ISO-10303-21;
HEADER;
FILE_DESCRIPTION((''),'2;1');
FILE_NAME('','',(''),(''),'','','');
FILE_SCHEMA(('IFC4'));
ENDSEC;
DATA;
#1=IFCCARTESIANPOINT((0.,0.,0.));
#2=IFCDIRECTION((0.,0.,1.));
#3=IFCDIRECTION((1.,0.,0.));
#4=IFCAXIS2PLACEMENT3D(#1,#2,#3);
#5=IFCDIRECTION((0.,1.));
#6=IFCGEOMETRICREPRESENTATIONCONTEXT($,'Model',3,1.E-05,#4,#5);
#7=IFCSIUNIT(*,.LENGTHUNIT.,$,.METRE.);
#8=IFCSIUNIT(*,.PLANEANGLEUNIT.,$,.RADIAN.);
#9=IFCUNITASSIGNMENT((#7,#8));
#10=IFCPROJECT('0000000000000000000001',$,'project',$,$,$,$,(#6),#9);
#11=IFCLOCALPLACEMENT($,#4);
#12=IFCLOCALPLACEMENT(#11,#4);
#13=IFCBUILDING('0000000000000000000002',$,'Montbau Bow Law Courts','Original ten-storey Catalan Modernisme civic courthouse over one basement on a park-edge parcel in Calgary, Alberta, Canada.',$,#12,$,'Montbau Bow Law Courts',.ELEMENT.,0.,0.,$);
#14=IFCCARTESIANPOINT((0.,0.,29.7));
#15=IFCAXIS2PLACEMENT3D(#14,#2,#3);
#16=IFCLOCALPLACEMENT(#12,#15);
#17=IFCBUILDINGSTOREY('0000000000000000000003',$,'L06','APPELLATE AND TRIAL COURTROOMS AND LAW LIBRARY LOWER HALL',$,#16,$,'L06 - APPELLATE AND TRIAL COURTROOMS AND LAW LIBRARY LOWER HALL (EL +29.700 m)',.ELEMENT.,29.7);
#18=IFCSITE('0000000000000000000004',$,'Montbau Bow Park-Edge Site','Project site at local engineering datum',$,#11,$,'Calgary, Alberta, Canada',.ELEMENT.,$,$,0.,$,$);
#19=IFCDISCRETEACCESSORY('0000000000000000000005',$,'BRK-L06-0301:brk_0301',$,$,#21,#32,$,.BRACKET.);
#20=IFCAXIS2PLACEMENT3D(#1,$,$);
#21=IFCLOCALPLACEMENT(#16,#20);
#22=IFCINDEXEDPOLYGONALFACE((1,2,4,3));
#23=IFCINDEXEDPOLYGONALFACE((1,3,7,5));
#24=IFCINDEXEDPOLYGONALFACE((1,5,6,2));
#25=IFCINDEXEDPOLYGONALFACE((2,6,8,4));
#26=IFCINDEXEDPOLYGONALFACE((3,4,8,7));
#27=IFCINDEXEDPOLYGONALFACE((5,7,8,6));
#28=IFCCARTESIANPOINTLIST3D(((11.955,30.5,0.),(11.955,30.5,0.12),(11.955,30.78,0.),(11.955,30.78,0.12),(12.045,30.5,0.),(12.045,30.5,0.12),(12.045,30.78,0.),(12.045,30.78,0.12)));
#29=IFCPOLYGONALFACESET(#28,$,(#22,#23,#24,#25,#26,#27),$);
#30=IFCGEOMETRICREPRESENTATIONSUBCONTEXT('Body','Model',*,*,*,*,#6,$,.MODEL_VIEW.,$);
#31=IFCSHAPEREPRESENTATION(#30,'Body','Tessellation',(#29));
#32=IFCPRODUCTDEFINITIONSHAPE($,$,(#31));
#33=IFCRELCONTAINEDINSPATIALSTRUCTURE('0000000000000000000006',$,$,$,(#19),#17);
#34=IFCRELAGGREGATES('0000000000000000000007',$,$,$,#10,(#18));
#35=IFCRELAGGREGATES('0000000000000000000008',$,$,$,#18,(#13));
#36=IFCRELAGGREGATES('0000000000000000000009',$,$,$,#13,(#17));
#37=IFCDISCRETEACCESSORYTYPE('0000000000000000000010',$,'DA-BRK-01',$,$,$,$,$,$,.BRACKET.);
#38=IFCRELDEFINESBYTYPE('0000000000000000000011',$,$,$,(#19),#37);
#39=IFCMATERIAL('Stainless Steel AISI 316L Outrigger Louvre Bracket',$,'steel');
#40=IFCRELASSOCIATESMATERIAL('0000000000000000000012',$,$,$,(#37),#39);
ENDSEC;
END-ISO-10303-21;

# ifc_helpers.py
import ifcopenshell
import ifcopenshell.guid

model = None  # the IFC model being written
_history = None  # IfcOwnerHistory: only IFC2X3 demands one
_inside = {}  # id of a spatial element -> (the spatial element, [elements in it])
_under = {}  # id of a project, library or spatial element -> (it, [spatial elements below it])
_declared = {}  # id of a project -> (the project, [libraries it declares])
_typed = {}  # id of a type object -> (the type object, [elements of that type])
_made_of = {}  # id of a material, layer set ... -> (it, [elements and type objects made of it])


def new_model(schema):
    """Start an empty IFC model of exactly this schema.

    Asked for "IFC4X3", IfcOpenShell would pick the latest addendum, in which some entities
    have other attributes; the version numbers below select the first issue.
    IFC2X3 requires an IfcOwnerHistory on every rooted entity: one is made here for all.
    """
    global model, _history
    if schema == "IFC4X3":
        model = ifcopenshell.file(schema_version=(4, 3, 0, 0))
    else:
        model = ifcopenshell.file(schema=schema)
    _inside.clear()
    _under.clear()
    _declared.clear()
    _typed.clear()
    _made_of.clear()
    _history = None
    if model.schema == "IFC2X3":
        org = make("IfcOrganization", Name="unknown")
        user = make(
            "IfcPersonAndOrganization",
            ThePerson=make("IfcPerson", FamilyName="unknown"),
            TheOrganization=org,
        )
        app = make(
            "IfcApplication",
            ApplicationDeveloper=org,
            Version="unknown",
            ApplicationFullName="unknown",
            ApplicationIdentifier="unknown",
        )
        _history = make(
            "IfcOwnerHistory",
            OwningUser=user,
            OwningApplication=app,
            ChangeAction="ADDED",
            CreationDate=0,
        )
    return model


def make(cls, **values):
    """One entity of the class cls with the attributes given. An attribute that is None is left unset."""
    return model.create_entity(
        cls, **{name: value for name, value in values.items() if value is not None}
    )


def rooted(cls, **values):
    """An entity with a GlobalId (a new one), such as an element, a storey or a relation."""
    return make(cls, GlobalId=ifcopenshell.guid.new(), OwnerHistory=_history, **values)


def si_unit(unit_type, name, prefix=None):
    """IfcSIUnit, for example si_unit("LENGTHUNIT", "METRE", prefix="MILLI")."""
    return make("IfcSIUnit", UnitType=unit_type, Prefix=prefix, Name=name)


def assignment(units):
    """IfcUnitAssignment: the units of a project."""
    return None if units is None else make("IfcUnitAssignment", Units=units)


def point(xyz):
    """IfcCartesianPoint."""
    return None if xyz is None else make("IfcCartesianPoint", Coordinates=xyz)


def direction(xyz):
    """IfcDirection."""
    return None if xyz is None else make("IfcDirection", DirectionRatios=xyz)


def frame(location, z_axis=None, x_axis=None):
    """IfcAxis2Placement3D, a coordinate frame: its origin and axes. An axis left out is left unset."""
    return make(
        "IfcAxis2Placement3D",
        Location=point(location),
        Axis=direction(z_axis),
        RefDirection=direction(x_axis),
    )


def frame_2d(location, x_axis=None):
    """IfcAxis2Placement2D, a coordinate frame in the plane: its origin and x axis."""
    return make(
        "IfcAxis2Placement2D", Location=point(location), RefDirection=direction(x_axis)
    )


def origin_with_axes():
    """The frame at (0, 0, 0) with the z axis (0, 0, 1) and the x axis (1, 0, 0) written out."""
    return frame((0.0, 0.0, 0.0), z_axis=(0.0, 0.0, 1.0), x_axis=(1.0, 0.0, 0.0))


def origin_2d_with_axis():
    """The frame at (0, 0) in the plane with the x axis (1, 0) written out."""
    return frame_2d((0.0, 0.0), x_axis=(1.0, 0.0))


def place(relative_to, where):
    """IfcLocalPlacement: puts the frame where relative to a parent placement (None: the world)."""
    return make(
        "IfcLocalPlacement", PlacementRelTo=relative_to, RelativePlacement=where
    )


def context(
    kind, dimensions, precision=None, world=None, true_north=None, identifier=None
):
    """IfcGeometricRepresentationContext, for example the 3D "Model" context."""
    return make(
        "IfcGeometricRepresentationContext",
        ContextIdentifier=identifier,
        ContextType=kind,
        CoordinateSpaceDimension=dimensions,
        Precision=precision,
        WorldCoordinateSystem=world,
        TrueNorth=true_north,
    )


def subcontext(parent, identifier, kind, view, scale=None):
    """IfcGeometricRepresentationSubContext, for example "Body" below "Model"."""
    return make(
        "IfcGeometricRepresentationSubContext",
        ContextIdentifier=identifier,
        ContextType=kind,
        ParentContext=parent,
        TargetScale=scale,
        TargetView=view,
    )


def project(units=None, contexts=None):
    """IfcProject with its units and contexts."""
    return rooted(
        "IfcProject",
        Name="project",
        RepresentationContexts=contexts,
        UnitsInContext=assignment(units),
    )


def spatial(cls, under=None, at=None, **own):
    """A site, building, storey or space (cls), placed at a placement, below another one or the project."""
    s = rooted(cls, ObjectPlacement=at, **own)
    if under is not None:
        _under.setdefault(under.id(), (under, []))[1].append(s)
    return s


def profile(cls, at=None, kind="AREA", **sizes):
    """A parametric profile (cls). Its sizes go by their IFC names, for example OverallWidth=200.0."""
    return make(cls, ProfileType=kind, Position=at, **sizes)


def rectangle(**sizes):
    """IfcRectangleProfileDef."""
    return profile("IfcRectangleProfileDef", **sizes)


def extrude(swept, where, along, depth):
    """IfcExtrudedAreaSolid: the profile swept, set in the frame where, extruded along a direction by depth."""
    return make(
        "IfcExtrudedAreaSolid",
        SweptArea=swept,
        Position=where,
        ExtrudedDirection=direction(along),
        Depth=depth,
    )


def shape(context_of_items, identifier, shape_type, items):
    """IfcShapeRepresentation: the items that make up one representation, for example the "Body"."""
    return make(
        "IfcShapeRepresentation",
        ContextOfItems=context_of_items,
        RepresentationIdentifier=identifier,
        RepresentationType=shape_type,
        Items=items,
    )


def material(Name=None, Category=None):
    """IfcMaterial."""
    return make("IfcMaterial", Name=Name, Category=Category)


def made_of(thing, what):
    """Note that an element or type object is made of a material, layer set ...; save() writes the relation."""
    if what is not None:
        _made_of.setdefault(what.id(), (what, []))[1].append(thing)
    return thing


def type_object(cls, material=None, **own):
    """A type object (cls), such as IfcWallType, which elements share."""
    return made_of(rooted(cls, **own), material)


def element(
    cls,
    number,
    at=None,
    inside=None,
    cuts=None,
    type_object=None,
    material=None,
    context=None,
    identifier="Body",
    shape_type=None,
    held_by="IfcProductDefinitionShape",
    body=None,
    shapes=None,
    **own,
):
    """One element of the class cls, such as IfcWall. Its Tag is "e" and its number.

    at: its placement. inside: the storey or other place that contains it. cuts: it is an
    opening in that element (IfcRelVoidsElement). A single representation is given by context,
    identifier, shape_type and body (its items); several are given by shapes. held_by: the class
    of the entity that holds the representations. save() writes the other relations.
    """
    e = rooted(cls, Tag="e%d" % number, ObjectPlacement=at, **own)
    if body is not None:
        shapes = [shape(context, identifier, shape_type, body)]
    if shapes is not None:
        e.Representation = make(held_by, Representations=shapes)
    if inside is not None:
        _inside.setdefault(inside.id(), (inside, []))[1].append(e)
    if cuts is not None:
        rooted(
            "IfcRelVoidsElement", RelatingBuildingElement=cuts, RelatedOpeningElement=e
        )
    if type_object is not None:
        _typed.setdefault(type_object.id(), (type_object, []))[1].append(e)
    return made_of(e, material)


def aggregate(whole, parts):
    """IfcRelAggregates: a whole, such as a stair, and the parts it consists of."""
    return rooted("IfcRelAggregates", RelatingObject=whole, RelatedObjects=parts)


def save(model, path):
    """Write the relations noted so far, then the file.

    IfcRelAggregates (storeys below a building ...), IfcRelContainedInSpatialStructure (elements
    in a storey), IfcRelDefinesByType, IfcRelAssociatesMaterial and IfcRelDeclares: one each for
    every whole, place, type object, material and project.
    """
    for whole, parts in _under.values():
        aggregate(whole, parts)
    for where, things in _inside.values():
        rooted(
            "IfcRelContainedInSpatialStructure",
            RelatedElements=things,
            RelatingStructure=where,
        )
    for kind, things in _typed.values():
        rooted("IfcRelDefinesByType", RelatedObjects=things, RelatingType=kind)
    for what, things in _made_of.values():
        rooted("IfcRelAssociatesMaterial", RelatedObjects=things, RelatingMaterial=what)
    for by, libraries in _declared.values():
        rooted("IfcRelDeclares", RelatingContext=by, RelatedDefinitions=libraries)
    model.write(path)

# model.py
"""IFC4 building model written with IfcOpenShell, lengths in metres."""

from ifc_helpers import new_model, si_unit, direction, frame, origin_with_axes, origin_2d_with_axis, place, context, subcontext, project, spatial, rectangle, extrude, material, type_object, element, save


model = new_model("IFC4")

# Units and contexts
model_context = context("Model", 3, precision=1e-05, world=origin_with_axes(), true_north=direction((0.0, 1.0)))
body_context = subcontext(model_context, "Body", "Model", "MODEL_VIEW")
ifc_project = project(units=[si_unit("LENGTHUNIT", "METRE"), si_unit("PLANEANGLEUNIT", "RADIAN")], contexts=[model_context])

# Site, building, storey
site_placement = place(None, origin_with_axes())
site = spatial("IfcSite", under=ifc_project, at=site_placement, Name="Montbau Bow Park-Edge Site", Description="Project site at local engineering datum", LongName="Calgary, Alberta, Canada", CompositionType="ELEMENT", RefElevation=0.0)
building_placement = place(site_placement, origin_with_axes())
building = spatial("IfcBuilding", under=site, at=building_placement, Name="Montbau Bow Law Courts", Description="Original ten-storey Catalan Modernisme civic courthouse over one basement on a park-edge parcel in Calgary, Alberta, Canada.", LongName="Montbau Bow Law Courts", CompositionType="ELEMENT", ElevationOfRefHeight=0.0, ElevationOfTerrain=0.0)
storey_placement = place(building_placement, frame((0.0, 0.0, 29.7), z_axis=(0.0, 0.0, 1.0), x_axis=(1.0, 0.0, 0.0)))
storey = spatial("IfcBuildingStorey", under=building, at=storey_placement, Name="L06", Description="APPELLATE AND TRIAL COURTROOMS AND LAW LIBRARY LOWER HALL", LongName="L06 - APPELLATE AND TRIAL COURTROOMS AND LAW LIBRARY LOWER HALL (EL +29.700 m)", CompositionType="ELEMENT", Elevation=29.7)

# Discrete accessory
ifc_material_1 = material(Name="Stainless Steel AISI 316L Outrigger Louvre Bracket", Category="steel")
discrete_accessory_type = type_object("IfcDiscreteAccessoryType", Name="DA-BRK-01", PredefinedType="BRACKET", material=ifc_material_1)
discrete_accessory_placement = place(None, frame((12.0, 30.64, 29.7), z_axis=(0.0, 0.0, 1.0), x_axis=(0.0, -1.0, 0.0)))
element("IfcDiscreteAccessory", 1, at=discrete_accessory_placement, inside=storey, type_object=discrete_accessory_type, Name="BRK-L06-0301:brk_0301", PredefinedType="BRACKET", context=body_context, shape_type="SweptSolid", body=[
    extrude(rectangle(XDim=0.28, YDim=0.09, at=origin_2d_with_axis()), origin_with_axes(), (0.0, 0.0, 1.0), 0.12),
])

save(model, "model.ifc")
